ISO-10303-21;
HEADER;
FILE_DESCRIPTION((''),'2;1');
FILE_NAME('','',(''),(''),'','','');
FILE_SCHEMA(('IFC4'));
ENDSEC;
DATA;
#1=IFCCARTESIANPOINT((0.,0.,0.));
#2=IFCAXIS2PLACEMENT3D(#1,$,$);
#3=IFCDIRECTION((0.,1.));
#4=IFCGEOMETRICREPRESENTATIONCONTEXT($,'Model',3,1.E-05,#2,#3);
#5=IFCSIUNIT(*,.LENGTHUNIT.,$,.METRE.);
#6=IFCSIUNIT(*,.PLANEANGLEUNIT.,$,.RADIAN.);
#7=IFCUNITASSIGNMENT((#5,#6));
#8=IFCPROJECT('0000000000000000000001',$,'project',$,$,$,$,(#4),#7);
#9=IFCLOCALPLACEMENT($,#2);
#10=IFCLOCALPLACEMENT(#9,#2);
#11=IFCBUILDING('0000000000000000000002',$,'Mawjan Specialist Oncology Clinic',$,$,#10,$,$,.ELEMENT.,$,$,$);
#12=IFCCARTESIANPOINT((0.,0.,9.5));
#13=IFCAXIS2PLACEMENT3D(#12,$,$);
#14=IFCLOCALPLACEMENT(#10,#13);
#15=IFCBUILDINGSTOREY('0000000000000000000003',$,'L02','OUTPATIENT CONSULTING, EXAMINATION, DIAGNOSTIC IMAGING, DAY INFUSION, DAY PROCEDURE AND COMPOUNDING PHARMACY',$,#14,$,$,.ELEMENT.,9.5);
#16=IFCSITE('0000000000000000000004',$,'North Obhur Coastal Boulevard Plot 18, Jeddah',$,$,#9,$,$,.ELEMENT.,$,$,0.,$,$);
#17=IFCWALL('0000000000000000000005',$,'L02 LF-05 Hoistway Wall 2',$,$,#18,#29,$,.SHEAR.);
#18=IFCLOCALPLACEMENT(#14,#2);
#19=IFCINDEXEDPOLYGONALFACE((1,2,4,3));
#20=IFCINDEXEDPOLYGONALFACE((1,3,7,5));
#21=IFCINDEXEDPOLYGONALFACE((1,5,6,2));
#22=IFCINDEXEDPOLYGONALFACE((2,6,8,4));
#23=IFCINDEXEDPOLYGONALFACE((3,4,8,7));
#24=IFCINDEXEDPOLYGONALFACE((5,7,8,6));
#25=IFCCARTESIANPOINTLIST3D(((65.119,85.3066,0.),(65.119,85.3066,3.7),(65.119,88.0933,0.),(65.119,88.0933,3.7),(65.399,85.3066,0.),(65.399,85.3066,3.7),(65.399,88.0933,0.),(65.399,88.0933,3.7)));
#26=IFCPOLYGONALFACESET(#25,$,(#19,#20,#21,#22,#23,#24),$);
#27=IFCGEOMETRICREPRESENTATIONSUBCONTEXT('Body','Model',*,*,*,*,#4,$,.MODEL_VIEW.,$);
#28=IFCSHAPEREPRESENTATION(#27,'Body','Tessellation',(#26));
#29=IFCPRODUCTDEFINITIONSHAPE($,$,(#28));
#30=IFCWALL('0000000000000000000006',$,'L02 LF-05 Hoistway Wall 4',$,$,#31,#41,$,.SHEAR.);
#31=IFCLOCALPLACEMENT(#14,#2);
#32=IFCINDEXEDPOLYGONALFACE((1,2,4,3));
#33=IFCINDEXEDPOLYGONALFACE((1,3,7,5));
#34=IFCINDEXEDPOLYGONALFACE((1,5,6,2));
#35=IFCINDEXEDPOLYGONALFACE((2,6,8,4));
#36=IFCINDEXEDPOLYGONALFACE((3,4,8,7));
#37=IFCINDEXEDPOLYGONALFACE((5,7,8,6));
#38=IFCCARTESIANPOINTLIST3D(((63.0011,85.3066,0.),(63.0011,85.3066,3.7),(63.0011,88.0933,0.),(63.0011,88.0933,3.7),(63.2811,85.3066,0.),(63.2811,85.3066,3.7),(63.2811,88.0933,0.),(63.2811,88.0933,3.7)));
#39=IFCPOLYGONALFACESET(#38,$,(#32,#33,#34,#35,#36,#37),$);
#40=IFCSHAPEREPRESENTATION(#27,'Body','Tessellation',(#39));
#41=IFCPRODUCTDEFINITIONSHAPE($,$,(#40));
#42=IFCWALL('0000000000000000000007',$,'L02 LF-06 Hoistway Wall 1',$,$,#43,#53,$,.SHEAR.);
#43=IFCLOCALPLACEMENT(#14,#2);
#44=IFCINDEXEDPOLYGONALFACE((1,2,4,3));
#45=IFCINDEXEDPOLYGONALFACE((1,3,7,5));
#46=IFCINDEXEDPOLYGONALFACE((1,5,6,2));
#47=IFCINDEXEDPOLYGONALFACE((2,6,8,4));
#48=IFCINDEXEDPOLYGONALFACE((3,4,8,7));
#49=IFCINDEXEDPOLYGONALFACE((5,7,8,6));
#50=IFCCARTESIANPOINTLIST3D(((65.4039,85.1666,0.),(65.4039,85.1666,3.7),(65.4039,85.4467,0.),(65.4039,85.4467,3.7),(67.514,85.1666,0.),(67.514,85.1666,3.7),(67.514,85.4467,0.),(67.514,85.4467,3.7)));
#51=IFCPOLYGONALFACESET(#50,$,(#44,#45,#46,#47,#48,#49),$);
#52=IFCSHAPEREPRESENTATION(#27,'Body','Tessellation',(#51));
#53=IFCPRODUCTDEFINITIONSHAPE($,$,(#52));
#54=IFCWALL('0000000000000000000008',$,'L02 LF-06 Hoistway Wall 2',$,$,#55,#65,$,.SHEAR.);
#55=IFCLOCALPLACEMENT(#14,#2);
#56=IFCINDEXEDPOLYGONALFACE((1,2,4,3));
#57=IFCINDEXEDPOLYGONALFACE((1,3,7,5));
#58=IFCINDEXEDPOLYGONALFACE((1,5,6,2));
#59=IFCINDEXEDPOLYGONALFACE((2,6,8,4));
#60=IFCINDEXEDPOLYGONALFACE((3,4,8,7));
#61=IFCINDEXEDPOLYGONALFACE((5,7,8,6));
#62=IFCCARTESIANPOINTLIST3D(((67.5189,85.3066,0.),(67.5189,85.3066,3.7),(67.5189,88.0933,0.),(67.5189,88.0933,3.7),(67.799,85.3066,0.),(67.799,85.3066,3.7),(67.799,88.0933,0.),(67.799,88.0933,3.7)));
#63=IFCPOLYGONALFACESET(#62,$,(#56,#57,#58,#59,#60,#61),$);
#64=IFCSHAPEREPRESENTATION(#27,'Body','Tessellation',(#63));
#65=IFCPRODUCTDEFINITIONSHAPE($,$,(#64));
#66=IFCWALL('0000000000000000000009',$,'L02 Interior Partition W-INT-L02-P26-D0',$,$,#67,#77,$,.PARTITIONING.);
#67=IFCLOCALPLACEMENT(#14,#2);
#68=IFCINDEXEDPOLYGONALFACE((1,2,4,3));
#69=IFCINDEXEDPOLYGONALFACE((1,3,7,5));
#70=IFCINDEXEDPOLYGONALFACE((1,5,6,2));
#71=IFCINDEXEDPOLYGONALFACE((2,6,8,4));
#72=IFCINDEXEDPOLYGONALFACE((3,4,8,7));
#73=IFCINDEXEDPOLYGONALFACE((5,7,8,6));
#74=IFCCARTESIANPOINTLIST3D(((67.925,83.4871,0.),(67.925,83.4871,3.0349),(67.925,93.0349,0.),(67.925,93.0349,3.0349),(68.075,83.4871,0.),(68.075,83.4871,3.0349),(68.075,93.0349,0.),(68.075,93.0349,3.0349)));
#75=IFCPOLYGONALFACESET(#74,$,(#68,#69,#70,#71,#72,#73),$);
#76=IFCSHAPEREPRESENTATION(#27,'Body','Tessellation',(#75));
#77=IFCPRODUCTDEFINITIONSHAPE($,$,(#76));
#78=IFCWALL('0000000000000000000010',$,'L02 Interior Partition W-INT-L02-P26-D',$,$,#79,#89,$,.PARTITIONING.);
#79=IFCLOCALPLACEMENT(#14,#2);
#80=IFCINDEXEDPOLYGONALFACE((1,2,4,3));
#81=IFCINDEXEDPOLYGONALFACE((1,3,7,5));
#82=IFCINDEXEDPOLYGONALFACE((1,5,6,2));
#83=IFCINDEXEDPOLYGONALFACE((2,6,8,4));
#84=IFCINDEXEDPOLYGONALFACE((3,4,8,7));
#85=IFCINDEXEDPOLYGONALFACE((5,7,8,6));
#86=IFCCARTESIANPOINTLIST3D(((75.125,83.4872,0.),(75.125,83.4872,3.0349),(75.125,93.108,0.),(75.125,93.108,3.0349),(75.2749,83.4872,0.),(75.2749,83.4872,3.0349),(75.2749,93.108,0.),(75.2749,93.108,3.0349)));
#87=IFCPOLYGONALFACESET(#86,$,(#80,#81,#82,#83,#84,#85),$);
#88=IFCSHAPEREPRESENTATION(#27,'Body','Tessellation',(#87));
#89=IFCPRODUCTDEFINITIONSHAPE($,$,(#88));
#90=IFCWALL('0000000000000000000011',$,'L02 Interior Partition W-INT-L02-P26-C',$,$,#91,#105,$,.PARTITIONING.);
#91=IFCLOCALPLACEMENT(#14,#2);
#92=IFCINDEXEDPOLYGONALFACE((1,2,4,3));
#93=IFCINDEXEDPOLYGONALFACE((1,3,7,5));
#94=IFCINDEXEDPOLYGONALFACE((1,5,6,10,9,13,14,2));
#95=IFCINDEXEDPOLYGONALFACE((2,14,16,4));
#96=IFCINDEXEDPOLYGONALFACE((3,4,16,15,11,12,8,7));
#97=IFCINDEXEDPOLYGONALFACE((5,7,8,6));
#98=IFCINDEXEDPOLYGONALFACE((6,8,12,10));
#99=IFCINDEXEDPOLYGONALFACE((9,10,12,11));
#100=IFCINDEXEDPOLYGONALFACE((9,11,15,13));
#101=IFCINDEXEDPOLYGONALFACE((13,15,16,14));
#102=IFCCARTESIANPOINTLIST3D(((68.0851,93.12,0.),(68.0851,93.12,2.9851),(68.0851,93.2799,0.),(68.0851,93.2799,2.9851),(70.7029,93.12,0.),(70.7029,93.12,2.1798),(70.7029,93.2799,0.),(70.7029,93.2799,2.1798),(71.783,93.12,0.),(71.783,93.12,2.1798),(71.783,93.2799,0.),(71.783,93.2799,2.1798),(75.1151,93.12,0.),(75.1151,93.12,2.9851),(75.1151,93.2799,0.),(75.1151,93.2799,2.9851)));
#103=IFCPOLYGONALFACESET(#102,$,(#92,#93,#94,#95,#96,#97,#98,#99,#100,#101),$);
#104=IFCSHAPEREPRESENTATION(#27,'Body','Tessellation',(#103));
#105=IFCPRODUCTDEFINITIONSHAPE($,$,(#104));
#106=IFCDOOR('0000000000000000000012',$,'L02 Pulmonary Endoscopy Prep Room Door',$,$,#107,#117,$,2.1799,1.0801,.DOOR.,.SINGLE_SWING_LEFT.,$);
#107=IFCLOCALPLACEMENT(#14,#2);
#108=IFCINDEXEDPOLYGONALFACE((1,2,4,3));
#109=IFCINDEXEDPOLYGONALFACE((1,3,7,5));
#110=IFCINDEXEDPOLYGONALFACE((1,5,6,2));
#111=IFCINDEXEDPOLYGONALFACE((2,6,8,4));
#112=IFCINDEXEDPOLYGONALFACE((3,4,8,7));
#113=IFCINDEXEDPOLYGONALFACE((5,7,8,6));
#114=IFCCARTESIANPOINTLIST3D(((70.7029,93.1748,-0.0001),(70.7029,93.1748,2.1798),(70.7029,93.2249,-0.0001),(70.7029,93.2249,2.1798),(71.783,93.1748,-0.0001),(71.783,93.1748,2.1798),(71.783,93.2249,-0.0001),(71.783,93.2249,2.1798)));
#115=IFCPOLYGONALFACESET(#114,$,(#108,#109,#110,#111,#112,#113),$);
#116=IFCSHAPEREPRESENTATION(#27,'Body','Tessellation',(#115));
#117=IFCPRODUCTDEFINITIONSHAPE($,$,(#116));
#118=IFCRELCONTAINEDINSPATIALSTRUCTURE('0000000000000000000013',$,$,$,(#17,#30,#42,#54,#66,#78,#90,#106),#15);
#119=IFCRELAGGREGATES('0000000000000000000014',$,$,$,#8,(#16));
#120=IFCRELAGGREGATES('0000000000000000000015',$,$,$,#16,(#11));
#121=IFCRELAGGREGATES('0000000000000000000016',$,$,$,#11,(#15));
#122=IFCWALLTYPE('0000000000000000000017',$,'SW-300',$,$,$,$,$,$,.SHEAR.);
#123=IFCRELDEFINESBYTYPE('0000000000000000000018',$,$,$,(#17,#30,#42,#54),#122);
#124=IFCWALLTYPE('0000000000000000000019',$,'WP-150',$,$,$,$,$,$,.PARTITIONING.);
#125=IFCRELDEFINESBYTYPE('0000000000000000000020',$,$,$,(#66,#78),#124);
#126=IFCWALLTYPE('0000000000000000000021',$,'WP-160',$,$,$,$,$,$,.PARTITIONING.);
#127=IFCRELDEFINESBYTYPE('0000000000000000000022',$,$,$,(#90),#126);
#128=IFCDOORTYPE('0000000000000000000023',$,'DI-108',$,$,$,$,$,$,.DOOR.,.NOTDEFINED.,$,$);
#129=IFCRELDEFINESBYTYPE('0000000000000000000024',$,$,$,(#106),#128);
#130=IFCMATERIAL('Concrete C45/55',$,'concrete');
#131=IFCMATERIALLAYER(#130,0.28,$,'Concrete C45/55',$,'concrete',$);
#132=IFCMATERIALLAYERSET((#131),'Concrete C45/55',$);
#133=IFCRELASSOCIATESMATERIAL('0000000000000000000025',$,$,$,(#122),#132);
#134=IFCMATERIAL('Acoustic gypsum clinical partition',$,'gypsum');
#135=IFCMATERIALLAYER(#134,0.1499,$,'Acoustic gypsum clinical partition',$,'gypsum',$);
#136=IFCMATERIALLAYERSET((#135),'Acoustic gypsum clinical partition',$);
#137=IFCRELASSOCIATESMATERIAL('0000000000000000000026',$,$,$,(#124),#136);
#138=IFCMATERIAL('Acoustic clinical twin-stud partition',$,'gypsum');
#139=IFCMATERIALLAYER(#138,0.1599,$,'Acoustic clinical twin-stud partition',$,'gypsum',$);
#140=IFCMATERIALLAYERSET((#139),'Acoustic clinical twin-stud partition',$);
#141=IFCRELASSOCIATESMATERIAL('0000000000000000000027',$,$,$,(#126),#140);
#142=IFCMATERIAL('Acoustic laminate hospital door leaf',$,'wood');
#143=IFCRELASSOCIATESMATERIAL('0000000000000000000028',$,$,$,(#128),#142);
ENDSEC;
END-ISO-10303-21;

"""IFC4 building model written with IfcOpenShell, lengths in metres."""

from ifc_helpers import new_model, si_unit, direction, frame, frame_2d, origin, place, context, subcontext, project, spatial, rectangle, extrude, material, layer, layer_set, type_object, element, fill, save


model = new_model("IFC4")

# Units and contexts
model_context = context("Model", 3, precision=1e-05, world=origin(), true_north=direction((0.0, 1.0)))
body_context = subcontext(model_context, "Body", "Model", "MODEL_VIEW")
ifc_project = project(units=[si_unit("LENGTHUNIT", "METRE"), si_unit("PLANEANGLEUNIT", "RADIAN")], contexts=[model_context])

# Site, building, storey
site_placement = place(None, origin())
site = spatial("IfcSite", under=ifc_project, at=site_placement, Name="North Obhur Coastal Boulevard Plot 18, Jeddah", CompositionType="ELEMENT", RefElevation=0.0)
building_placement = place(site_placement, origin())
building = spatial("IfcBuilding", under=site, at=building_placement, Name="Mawjan Specialist Oncology Clinic", CompositionType="ELEMENT")
storey_placement = place(building_placement, frame((0.0, 0.0, 9.5)))
storey = spatial("IfcBuildingStorey", under=building, at=storey_placement, Name="L02", Description="OUTPATIENT CONSULTING, EXAMINATION, DIAGNOSTIC IMAGING, DAY INFUSION, DAY PROCEDURE AND COMPOUNDING PHARMACY", CompositionType="ELEMENT", Elevation=9.5)

# Wall
ifc_material_1 = material(Name="Concrete C45/55", Category="concrete")
ifc_layer_1 = layer(ifc_material_1, 0.28, Name="Concrete C45/55", Category="concrete")
ifc_layer_set_1 = layer_set([ifc_layer_1], Name="Concrete C45/55")
wall_type_1 = type_object("IfcWallType", Name="SW-300", PredefinedType="SHEAR", material=ifc_layer_set_1)
wall_1_placement = place(storey_placement, frame((65.259, 85.3066, 0.0), z_axis=(0.0, 0.0, 1.0), x_axis=(0.0, 1.0, 0.0)))
element("IfcWall", 1, at=wall_1_placement, inside=storey, type_object=wall_type_1, Name="L02 LF-05 Hoistway Wall 2", PredefinedType="SHEAR", context=body_context, shape_type="SweptSolid", body=[
    extrude(rectangle(XDim=2.7866, YDim=0.28, at=frame_2d((1.3933, 0.0))), origin(), (0.0, 0.0, 1.0), 3.7),
])

# Walls
wall_2_placement = place(storey_placement, frame((63.1411, 88.0933, 0.0), z_axis=(0.0, 0.0, 1.0), x_axis=(0.0, -1.0, 0.0)))
element("IfcWall", 2, at=wall_2_placement, inside=storey, type_object=wall_type_1, Name="L02 LF-05 Hoistway Wall 4", PredefinedType="SHEAR", context=body_context, shape_type="SweptSolid", body=[
    extrude(rectangle(XDim=2.7866, YDim=0.28, at=frame_2d((1.3933, 0.0))), origin(), (0.0, 0.0, 1.0), 3.7),
])
wall_3_placement = place(storey_placement, frame((65.4038, 85.3066, 0.0), z_axis=(0.0, 0.0, 1.0), x_axis=(1.0, 0.0, 0.0)))
element("IfcWall", 3, at=wall_3_placement, inside=storey, type_object=wall_type_1, Name="L02 LF-06 Hoistway Wall 1", PredefinedType="SHEAR", context=body_context, shape_type="SweptSolid", body=[
    extrude(rectangle(XDim=2.1101, YDim=0.28, at=frame_2d((1.0552, 0.0))), origin(), (0.0, 0.0, 1.0), 3.7),
])
wall_4_placement = place(storey_placement, frame((67.6589, 85.3066, 0.0), z_axis=(0.0, 0.0, 1.0), x_axis=(0.0, 1.0, 0.0)))
element("IfcWall", 4, at=wall_4_placement, inside=storey, type_object=wall_type_1, Name="L02 LF-06 Hoistway Wall 2", PredefinedType="SHEAR", context=body_context, shape_type="SweptSolid", body=[
    extrude(rectangle(XDim=2.7866, YDim=0.28, at=frame_2d((1.3933, 0.0))), origin(), (0.0, 0.0, 1.0), 3.7),
])

# Walls
ifc_material_2 = material(Name="Acoustic gypsum clinical partition", Category="gypsum")
ifc_layer_2 = layer(ifc_material_2, 0.1499, Name="Acoustic gypsum clinical partition", Category="gypsum")
ifc_layer_set_2 = layer_set([ifc_layer_2], Name="Acoustic gypsum clinical partition")
wall_type_2 = type_object("IfcWallType", Name="WP-150", PredefinedType="PARTITIONING", material=ifc_layer_set_2)
wall_5_placement = place(storey_placement, frame((68.0, 83.4871, 0.0), z_axis=(0.0, 0.0, 1.0), x_axis=(0.0, 1.0, 0.0)))
element("IfcWall", 5, at=wall_5_placement, inside=storey, type_object=wall_type_2, Name="L02 Interior Partition W-INT-L02-P26-D0", PredefinedType="PARTITIONING", context=body_context, shape_type="SweptSolid", body=[
    extrude(rectangle(XDim=9.5479, YDim=0.1499, at=frame_2d((4.7739, 0.0))), origin(), (0.0, 0.0, 1.0), 3.0349),
])
wall_6_placement = place(storey_placement, frame((75.2, 83.4871, 0.0), z_axis=(0.0, 0.0, 1.0), x_axis=(0.0, 1.0, 0.0)))
element("IfcWall", 6, at=wall_6_placement, inside=storey, type_object=wall_type_2, Name="L02 Interior Partition W-INT-L02-P26-D", PredefinedType="PARTITIONING", context=body_context, shape_type="SweptSolid", body=[
    extrude(rectangle(XDim=9.6208, YDim=0.1499, at=frame_2d((4.8105, 0.0))), origin(), (0.0, 0.0, 1.0), 3.0349),
])

# Wall, opening, door
ifc_material_3 = material(Name="Acoustic clinical twin-stud partition", Category="gypsum")
ifc_layer_3 = layer(ifc_material_3, 0.1599, Name="Acoustic clinical twin-stud partition", Category="gypsum")
ifc_layer_set_3 = layer_set([ifc_layer_3], Name="Acoustic clinical twin-stud partition")
wall_type_3 = type_object("IfcWallType", Name="WP-160", PredefinedType="PARTITIONING", material=ifc_layer_set_3)
wall_7_placement = place(storey_placement, frame((68.085, 93.2, 0.0), z_axis=(0.0, 0.0, 1.0), x_axis=(1.0, 0.0, 0.0)))
wall_7 = element("IfcWall", 7, at=wall_7_placement, inside=storey, type_object=wall_type_3, Name="L02 Interior Partition W-INT-L02-P26-C", PredefinedType="PARTITIONING", context=body_context, shape_type="SweptSolid", body=[
    extrude(rectangle(XDim=7.03, YDim=0.1599, at=frame_2d((3.5151, 0.0))), origin(), (0.0, 0.0, 1.0), 2.9851),
])
opening_1_placement = place(wall_7_placement, frame((2.6179, 0.0, 0.0)))
opening_1 = element("IfcOpeningElement", 8, at=opening_1_placement, cuts=wall_7, PredefinedType="OPENING", context=body_context, shape_type="SweptSolid", body=[
    extrude(rectangle(XDim=1.0801, YDim=2.1799, at=frame_2d((0.54, 1.0898))), frame((0.0, 0.092, 0.0), z_axis=(0.0, -1.0, 0.0), x_axis=(1.0, 0.0, 0.0)), (0.0, 0.0, 1.0), 0.1838),
])
ifc_material_4 = material(Name="Acoustic laminate hospital door leaf", Category="wood")
door_type_1 = type_object("IfcDoorType", Name="DI-108", OperationType="NOTDEFINED", PredefinedType="DOOR", material=ifc_material_4)
door_1_placement = place(opening_1_placement, origin())
door_1 = element("IfcDoor", 9, at=door_1_placement, inside=storey, type_object=door_type_1, Name="L02 Pulmonary Endoscopy Prep Room Door", OperationType="SINGLE_SWING_LEFT", OverallHeight=2.1799, OverallWidth=1.0801, PredefinedType="DOOR", context=body_context, shape_type="SweptSolid", body=[
    extrude(rectangle(XDim=1.0801, YDim=2.1799, at=frame_2d((0.54, 1.0898))), frame((0.0, 0.0249, 0.0), z_axis=(0.0, -1.0, 0.0), x_axis=(1.0, 0.0, 0.0)), (0.0, 0.0, 1.0), 0.05),
])
fill(opening_1, door_1)

save(model, "model.ifc")
